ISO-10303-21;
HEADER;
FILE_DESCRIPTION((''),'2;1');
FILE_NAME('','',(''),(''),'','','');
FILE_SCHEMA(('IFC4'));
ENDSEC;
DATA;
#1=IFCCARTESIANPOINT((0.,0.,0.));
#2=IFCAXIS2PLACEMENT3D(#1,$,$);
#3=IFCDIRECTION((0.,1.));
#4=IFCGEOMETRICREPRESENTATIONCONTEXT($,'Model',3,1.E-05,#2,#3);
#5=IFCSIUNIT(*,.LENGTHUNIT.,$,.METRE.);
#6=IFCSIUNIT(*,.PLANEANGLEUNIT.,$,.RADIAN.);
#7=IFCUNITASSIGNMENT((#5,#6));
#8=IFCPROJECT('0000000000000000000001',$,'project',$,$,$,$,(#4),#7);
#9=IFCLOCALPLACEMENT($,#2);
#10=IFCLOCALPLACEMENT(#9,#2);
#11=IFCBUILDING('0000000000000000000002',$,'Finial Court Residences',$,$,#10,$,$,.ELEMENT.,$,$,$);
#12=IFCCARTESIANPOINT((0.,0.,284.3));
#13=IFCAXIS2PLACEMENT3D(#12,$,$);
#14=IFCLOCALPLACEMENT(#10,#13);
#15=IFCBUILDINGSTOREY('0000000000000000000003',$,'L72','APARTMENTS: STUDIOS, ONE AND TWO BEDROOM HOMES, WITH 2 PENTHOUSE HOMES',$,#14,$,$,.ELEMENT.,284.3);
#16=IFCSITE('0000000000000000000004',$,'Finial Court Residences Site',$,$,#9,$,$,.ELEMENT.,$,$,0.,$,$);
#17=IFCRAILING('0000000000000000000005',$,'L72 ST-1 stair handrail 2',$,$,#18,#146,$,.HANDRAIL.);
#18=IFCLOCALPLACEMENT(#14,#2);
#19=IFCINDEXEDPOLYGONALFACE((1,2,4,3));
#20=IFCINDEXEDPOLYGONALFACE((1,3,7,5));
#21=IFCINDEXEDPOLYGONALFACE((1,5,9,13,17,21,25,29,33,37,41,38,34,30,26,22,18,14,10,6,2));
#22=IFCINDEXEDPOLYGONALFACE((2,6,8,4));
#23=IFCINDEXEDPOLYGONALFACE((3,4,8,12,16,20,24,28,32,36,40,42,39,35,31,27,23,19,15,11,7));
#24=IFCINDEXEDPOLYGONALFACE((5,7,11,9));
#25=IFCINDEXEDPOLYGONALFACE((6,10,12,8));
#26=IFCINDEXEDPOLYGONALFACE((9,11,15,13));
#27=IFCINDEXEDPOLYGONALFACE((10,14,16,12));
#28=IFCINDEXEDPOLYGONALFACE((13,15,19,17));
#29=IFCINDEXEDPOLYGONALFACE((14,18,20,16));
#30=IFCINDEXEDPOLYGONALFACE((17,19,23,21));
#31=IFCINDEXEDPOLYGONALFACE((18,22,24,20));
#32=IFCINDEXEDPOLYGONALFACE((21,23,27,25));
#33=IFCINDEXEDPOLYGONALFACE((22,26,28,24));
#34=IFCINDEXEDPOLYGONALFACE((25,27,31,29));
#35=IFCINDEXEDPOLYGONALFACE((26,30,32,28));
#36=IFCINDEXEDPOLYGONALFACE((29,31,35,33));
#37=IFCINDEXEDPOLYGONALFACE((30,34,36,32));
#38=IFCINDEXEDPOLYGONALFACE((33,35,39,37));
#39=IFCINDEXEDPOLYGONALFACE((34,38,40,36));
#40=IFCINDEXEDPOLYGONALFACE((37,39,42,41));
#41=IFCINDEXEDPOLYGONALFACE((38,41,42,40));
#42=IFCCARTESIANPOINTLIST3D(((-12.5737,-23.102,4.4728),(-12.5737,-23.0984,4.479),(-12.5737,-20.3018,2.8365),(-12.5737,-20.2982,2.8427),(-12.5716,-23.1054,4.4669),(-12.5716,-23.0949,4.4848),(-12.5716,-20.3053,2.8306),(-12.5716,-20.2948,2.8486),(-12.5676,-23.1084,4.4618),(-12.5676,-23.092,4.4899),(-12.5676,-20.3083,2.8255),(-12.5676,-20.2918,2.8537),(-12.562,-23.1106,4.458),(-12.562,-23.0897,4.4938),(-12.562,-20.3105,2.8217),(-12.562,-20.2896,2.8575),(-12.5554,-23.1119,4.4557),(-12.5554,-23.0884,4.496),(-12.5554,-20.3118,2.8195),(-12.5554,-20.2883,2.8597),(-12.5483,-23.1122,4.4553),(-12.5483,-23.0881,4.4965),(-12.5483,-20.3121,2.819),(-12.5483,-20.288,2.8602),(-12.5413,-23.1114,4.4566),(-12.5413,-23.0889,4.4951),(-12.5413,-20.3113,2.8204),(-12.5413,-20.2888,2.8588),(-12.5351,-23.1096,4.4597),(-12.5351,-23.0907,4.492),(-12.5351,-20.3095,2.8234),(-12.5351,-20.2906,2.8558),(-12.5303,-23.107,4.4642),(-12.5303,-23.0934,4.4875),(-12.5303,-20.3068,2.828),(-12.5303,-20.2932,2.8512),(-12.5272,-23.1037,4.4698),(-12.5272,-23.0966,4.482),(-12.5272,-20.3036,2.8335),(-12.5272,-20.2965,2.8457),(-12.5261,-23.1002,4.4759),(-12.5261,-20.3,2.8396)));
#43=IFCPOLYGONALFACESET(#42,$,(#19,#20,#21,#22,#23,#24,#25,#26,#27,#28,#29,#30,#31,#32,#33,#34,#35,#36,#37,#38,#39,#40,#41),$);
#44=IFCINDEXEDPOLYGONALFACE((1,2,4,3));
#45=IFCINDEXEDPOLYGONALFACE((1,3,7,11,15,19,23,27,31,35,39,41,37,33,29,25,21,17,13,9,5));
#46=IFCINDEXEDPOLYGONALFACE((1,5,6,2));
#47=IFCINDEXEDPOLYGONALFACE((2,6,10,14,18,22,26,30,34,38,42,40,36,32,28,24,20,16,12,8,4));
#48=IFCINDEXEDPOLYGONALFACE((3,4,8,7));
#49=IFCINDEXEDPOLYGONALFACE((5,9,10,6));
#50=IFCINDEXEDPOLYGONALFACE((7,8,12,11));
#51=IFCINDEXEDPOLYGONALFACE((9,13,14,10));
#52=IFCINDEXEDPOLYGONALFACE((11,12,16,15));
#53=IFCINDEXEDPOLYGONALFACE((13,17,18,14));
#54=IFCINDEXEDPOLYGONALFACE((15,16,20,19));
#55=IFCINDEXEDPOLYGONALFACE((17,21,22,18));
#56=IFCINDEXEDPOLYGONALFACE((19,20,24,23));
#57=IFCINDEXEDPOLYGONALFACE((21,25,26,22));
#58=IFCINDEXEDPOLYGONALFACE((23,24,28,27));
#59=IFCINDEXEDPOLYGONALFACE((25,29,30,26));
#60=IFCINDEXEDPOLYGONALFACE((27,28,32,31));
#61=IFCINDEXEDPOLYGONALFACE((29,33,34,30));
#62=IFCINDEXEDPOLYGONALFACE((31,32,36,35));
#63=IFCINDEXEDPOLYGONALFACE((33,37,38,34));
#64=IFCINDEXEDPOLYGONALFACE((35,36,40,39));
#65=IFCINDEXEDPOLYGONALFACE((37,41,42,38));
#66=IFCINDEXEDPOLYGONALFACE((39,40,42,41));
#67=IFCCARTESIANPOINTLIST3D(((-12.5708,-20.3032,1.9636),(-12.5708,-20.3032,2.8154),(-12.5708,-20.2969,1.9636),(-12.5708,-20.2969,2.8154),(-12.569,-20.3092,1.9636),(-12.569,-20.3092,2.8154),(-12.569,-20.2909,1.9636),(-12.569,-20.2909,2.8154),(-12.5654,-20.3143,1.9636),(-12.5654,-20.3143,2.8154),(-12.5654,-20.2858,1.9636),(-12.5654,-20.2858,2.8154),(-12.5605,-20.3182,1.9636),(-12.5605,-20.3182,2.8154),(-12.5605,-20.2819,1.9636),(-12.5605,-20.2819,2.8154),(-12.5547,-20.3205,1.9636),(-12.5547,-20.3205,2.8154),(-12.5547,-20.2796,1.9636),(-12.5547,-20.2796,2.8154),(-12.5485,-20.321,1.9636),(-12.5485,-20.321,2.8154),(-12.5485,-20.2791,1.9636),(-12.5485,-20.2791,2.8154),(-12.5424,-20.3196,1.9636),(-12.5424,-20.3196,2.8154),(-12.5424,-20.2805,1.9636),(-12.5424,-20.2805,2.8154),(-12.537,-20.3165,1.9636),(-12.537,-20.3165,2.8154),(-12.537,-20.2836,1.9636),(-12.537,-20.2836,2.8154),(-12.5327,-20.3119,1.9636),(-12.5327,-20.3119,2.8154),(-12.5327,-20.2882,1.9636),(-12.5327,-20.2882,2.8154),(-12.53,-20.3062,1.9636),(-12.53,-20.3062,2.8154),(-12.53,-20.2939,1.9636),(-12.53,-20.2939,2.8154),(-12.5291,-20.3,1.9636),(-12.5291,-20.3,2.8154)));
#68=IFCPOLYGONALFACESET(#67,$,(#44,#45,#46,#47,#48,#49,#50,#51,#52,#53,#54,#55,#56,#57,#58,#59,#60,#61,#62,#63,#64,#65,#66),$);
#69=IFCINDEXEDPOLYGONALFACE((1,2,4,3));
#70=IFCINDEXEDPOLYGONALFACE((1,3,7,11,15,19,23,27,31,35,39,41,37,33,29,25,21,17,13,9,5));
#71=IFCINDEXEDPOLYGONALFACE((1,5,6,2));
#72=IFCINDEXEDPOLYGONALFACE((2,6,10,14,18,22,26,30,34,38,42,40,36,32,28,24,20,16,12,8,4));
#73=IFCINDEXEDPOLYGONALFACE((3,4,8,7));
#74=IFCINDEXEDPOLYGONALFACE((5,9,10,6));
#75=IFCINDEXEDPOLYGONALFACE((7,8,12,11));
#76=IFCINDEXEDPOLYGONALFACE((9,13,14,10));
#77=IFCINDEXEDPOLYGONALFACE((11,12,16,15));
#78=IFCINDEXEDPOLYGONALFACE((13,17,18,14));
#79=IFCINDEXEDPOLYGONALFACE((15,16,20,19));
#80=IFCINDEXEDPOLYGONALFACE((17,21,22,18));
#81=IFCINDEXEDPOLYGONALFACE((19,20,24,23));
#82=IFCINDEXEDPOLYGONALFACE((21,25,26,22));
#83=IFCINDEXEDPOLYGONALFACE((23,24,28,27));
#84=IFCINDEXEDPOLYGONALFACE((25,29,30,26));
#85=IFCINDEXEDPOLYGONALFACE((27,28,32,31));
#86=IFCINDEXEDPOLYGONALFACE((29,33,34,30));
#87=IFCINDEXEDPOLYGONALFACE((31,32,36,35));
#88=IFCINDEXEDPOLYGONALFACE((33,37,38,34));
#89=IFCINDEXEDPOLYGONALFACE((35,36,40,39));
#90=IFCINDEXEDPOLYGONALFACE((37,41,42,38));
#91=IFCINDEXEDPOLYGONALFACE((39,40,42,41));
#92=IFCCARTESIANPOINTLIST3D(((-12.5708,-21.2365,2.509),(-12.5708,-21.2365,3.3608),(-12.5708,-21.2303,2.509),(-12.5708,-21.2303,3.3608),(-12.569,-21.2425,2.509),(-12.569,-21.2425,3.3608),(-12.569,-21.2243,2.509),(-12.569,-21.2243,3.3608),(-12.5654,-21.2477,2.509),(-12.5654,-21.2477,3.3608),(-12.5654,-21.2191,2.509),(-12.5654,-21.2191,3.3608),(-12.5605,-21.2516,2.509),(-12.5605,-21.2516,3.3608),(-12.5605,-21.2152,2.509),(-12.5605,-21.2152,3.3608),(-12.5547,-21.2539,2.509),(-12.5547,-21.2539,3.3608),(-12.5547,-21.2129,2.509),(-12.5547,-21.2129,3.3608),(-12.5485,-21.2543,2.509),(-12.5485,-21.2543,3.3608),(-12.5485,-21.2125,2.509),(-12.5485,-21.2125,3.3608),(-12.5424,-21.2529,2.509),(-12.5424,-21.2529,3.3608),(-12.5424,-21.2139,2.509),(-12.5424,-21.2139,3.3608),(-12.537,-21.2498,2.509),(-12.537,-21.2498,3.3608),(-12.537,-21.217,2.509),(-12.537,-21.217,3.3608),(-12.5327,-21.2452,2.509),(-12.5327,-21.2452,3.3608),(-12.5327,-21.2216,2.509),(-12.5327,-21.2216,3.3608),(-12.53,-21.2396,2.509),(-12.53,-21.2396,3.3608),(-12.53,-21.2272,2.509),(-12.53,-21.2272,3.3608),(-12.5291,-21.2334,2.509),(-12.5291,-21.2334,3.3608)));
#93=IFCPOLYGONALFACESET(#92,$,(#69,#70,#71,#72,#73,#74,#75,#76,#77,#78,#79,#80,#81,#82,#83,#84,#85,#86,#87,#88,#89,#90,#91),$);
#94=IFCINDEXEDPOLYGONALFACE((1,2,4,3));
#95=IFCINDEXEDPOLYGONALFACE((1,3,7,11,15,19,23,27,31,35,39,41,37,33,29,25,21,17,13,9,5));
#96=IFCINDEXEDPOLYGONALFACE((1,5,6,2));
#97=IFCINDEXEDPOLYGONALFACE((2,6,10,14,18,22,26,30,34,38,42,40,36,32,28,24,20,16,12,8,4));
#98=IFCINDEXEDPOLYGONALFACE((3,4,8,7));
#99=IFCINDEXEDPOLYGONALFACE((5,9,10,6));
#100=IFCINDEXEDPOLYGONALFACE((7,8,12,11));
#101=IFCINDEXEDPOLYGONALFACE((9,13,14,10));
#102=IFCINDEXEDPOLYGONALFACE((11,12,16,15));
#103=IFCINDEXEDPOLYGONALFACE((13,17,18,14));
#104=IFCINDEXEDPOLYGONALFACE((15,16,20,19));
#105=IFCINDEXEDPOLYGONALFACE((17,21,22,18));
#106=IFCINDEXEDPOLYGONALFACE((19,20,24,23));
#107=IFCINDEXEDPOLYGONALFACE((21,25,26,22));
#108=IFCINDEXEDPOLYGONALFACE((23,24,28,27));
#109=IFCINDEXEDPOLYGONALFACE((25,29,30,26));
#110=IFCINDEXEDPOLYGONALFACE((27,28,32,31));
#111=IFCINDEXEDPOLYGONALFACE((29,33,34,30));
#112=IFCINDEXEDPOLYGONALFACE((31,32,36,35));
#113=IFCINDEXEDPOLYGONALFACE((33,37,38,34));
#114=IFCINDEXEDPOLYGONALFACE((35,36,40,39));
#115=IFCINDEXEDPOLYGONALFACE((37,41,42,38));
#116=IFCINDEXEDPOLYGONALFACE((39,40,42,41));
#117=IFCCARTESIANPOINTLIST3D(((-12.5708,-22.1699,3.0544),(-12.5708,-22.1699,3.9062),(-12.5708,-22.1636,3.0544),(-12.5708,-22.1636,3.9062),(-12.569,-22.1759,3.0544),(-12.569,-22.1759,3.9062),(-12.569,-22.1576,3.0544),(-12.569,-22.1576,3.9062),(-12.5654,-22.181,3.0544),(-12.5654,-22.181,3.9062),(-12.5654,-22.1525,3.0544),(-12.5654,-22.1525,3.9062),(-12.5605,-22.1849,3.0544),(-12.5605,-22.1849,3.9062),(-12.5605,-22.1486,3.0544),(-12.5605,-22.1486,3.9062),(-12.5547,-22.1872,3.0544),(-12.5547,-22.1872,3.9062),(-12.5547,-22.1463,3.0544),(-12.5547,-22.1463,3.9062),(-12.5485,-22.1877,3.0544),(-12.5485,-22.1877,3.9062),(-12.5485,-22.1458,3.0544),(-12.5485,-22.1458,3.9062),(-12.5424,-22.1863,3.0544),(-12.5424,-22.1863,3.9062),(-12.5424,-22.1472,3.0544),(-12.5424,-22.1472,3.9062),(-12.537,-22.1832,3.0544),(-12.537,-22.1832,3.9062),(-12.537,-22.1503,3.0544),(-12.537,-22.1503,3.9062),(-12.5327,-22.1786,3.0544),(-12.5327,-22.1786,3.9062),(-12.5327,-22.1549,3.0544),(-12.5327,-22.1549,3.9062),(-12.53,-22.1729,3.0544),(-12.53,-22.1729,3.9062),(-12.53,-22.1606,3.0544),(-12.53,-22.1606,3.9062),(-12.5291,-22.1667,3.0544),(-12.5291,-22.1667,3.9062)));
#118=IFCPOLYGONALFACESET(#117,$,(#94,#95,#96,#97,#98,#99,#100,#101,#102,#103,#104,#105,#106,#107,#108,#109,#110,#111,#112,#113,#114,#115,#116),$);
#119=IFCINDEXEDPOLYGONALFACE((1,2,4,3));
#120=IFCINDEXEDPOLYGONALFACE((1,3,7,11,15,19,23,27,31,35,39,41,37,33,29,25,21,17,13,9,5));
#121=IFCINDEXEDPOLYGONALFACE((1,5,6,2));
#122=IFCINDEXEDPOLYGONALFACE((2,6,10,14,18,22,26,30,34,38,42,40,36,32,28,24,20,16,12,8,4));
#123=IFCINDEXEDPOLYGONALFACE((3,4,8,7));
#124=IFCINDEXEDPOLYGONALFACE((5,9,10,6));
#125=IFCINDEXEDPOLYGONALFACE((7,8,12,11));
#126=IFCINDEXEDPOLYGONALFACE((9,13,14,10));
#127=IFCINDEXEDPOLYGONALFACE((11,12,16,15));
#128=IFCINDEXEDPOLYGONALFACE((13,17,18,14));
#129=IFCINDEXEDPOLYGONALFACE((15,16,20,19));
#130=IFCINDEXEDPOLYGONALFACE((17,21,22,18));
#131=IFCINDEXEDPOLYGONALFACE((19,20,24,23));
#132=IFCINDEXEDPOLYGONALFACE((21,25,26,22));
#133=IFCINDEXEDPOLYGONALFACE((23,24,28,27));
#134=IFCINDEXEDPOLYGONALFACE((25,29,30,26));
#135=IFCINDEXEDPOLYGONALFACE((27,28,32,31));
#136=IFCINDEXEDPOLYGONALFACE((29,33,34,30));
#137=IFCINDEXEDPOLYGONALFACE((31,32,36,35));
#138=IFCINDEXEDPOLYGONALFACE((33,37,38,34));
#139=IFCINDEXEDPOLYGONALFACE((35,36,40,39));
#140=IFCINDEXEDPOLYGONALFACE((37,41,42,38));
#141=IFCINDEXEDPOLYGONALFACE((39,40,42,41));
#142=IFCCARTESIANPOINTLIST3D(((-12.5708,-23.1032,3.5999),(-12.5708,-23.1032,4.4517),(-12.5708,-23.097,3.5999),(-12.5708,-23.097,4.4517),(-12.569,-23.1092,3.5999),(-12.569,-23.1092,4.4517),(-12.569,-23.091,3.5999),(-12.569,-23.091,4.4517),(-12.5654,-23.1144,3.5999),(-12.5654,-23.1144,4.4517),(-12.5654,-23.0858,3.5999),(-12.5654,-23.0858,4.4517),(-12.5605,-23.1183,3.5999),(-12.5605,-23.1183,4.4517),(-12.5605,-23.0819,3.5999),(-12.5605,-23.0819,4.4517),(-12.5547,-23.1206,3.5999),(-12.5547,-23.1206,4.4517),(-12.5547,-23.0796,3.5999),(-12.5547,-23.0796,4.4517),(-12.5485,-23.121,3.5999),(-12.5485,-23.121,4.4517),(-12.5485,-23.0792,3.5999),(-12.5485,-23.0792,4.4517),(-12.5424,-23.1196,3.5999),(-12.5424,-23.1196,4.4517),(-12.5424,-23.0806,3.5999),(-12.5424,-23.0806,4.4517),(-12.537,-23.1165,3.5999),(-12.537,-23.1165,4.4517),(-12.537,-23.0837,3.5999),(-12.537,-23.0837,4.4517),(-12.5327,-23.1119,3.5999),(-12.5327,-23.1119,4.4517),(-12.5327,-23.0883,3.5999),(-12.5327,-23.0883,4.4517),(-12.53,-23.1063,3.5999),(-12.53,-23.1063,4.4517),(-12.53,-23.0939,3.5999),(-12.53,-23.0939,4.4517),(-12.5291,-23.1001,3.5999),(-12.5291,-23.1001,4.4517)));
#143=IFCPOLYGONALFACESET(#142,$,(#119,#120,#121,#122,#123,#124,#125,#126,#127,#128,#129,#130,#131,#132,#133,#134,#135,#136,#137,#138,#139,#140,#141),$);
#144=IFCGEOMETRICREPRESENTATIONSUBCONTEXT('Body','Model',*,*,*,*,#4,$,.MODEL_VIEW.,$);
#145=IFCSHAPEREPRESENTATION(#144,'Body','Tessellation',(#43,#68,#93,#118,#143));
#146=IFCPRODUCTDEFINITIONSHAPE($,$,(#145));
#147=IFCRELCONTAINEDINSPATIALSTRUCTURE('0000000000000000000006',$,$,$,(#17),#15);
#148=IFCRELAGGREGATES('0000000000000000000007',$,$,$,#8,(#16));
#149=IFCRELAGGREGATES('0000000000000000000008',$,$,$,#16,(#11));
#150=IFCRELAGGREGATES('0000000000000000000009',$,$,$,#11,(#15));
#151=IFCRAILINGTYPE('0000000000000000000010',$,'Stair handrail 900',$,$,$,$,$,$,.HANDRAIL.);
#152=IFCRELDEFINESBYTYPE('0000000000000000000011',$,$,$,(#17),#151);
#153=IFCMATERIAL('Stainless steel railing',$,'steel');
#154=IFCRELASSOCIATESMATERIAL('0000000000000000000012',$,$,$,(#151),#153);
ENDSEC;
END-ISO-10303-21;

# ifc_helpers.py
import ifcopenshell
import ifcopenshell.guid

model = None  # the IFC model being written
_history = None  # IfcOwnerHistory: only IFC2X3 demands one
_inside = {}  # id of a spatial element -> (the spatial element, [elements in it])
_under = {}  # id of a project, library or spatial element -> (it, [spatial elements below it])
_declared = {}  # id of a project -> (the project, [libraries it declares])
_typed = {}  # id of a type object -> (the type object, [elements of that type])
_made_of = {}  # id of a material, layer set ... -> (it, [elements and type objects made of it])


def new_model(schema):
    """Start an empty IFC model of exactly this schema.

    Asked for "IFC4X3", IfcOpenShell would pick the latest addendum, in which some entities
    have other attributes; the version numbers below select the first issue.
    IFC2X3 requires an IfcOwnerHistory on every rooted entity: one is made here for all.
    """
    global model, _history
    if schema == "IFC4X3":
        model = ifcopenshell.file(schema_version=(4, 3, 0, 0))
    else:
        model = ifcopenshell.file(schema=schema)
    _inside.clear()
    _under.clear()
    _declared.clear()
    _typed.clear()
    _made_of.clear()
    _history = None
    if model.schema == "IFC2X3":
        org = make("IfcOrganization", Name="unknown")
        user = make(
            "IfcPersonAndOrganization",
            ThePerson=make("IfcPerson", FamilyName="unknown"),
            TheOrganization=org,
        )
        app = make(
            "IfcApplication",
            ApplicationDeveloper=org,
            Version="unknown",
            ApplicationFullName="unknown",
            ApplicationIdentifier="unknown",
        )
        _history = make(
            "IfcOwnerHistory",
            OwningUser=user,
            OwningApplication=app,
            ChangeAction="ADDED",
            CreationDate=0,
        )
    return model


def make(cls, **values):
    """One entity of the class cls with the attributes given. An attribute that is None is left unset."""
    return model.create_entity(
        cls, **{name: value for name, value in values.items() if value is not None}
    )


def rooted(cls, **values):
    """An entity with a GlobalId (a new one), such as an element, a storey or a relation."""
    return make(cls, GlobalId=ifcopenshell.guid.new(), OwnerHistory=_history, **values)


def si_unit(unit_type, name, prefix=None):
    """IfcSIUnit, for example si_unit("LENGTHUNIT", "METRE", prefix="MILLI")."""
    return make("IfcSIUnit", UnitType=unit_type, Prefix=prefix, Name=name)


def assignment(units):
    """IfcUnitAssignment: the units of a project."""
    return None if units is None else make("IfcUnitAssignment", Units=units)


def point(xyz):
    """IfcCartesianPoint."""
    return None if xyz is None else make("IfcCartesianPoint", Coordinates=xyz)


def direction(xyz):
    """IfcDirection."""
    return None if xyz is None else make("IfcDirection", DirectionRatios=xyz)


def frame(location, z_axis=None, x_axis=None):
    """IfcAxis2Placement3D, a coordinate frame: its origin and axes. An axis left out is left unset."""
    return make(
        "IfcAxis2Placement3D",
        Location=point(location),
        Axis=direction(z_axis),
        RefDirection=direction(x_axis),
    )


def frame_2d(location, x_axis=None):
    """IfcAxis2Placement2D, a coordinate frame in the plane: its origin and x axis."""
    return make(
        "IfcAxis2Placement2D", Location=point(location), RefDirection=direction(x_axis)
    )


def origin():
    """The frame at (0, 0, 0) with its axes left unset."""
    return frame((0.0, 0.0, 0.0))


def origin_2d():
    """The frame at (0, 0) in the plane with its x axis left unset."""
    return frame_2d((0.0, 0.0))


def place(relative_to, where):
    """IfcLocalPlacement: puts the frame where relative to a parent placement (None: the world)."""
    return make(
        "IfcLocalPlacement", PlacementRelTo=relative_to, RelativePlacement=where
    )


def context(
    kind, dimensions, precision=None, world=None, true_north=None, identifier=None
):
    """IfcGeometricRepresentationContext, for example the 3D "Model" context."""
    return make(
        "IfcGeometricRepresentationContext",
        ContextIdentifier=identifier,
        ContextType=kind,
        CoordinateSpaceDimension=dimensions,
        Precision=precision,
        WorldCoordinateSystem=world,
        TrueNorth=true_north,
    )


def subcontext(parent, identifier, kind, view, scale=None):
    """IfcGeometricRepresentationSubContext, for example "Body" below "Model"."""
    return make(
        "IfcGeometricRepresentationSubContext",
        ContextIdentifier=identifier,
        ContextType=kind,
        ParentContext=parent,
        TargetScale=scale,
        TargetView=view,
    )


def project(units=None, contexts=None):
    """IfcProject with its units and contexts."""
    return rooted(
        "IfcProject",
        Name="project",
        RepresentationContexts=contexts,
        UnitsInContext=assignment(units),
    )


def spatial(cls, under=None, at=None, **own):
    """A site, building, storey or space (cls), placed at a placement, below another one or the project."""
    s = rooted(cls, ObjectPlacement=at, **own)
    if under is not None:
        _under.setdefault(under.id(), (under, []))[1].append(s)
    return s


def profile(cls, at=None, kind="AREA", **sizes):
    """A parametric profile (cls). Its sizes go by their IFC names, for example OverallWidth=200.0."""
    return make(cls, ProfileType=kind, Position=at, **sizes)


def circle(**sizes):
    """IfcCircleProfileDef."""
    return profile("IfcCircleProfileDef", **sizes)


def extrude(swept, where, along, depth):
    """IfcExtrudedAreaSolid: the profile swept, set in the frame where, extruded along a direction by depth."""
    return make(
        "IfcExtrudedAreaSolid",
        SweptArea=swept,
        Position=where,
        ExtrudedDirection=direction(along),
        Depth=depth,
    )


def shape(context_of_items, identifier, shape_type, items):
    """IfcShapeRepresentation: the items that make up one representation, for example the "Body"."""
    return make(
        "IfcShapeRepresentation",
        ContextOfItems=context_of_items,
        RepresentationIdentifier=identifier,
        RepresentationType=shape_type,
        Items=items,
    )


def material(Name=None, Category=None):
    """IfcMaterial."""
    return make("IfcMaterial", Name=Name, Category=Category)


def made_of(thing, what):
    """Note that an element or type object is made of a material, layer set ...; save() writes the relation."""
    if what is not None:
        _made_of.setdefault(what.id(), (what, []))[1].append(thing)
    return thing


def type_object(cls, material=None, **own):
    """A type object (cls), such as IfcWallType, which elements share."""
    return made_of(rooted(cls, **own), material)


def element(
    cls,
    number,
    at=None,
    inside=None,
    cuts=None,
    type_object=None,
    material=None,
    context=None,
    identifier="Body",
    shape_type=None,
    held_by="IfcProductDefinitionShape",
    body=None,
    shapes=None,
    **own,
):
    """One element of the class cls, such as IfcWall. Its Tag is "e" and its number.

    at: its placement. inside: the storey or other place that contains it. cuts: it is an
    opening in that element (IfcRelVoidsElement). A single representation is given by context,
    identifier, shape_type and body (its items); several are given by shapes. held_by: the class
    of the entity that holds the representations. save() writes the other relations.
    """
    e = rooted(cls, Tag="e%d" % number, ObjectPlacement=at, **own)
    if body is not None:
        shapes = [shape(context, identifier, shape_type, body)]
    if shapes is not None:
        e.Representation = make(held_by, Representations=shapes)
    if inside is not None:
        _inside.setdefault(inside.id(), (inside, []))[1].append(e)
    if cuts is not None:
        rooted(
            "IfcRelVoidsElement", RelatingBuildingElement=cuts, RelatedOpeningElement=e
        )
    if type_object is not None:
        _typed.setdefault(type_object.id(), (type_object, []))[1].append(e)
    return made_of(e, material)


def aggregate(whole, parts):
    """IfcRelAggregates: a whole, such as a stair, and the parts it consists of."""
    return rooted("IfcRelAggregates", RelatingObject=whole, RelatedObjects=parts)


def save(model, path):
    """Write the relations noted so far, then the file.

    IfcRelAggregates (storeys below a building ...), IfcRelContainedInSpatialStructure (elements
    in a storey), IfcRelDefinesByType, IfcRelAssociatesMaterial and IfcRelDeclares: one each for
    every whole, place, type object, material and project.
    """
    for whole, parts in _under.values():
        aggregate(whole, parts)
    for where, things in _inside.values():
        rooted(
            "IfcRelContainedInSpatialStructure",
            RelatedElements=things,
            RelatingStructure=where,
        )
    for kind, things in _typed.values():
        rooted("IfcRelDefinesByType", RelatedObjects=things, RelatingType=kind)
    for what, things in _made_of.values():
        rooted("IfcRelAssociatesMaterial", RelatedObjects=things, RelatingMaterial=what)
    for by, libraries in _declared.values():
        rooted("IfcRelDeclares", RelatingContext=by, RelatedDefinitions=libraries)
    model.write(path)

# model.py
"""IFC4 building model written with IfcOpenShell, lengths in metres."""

from ifc_helpers import new_model, si_unit, direction, frame, origin, origin_2d, place, context, subcontext, project, spatial, circle, extrude, material, type_object, element, save


model = new_model("IFC4")

# Units and contexts
model_context = context("Model", 3, precision=1e-05, world=origin(), true_north=direction((0.0, 1.0)))
body_context = subcontext(model_context, "Body", "Model", "MODEL_VIEW")
ifc_project = project(units=[si_unit("LENGTHUNIT", "METRE"), si_unit("PLANEANGLEUNIT", "RADIAN")], contexts=[model_context])

# Site, building, storey
site_placement = place(None, origin())
site = spatial("IfcSite", under=ifc_project, at=site_placement, Name="Finial Court Residences Site", CompositionType="ELEMENT", RefElevation=0.0)
building_placement = place(site_placement, origin())
building = spatial("IfcBuilding", under=site, at=building_placement, Name="Finial Court Residences", CompositionType="ELEMENT")
storey_placement = place(building_placement, frame((0.0, 0.0, 284.3)))
storey = spatial("IfcBuildingStorey", under=building, at=storey_placement, Name="L72", Description="APARTMENTS: STUDIOS, ONE AND TWO BEDROOM HOMES, WITH 2 PENTHOUSE HOMES", CompositionType="ELEMENT", Elevation=284.3)

# Railing
ifc_material_1 = material(Name="Stainless steel railing", Category="steel")
railing_type_1 = type_object("IfcRailingType", Name="Stair handrail 900", PredefinedType="HANDRAIL", material=ifc_material_1)
railing_1_placement = place(storey_placement, frame((-12.55, -20.3, 1.9636)))
element("IfcRailing", 1, at=railing_1_placement, inside=storey, type_object=railing_type_1, Name="L72 ST-1 stair handrail 2", PredefinedType="HANDRAIL", context=body_context, shape_type="SweptSolid", body=[
    extrude(circle(Radius=0.0239, at=origin_2d()), frame((0.0, 0.0, 0.876), z_axis=(0.0, -0.863394, 0.504531), x_axis=(1.0, 0.0, 0.0)), (0.0, 0.0, 1.0), 3.2432),
    extrude(circle(Radius=0.021, at=origin_2d()), origin(), (0.0, 0.0, 1.0), 0.8518),
    extrude(circle(Radius=0.021, at=origin_2d()), frame((0.0, -0.9333, 0.5454)), (0.0, 0.0, 1.0), 0.8518),
    extrude(circle(Radius=0.021, at=origin_2d()), frame((0.0, -1.8667, 1.0908)), (0.0, 0.0, 1.0), 0.8518),
    extrude(circle(Radius=0.021, at=origin_2d()), frame((0.0, -2.8, 1.6362)), (0.0, 0.0, 1.0), 0.8518),
])

save(model, "model.ifc")
